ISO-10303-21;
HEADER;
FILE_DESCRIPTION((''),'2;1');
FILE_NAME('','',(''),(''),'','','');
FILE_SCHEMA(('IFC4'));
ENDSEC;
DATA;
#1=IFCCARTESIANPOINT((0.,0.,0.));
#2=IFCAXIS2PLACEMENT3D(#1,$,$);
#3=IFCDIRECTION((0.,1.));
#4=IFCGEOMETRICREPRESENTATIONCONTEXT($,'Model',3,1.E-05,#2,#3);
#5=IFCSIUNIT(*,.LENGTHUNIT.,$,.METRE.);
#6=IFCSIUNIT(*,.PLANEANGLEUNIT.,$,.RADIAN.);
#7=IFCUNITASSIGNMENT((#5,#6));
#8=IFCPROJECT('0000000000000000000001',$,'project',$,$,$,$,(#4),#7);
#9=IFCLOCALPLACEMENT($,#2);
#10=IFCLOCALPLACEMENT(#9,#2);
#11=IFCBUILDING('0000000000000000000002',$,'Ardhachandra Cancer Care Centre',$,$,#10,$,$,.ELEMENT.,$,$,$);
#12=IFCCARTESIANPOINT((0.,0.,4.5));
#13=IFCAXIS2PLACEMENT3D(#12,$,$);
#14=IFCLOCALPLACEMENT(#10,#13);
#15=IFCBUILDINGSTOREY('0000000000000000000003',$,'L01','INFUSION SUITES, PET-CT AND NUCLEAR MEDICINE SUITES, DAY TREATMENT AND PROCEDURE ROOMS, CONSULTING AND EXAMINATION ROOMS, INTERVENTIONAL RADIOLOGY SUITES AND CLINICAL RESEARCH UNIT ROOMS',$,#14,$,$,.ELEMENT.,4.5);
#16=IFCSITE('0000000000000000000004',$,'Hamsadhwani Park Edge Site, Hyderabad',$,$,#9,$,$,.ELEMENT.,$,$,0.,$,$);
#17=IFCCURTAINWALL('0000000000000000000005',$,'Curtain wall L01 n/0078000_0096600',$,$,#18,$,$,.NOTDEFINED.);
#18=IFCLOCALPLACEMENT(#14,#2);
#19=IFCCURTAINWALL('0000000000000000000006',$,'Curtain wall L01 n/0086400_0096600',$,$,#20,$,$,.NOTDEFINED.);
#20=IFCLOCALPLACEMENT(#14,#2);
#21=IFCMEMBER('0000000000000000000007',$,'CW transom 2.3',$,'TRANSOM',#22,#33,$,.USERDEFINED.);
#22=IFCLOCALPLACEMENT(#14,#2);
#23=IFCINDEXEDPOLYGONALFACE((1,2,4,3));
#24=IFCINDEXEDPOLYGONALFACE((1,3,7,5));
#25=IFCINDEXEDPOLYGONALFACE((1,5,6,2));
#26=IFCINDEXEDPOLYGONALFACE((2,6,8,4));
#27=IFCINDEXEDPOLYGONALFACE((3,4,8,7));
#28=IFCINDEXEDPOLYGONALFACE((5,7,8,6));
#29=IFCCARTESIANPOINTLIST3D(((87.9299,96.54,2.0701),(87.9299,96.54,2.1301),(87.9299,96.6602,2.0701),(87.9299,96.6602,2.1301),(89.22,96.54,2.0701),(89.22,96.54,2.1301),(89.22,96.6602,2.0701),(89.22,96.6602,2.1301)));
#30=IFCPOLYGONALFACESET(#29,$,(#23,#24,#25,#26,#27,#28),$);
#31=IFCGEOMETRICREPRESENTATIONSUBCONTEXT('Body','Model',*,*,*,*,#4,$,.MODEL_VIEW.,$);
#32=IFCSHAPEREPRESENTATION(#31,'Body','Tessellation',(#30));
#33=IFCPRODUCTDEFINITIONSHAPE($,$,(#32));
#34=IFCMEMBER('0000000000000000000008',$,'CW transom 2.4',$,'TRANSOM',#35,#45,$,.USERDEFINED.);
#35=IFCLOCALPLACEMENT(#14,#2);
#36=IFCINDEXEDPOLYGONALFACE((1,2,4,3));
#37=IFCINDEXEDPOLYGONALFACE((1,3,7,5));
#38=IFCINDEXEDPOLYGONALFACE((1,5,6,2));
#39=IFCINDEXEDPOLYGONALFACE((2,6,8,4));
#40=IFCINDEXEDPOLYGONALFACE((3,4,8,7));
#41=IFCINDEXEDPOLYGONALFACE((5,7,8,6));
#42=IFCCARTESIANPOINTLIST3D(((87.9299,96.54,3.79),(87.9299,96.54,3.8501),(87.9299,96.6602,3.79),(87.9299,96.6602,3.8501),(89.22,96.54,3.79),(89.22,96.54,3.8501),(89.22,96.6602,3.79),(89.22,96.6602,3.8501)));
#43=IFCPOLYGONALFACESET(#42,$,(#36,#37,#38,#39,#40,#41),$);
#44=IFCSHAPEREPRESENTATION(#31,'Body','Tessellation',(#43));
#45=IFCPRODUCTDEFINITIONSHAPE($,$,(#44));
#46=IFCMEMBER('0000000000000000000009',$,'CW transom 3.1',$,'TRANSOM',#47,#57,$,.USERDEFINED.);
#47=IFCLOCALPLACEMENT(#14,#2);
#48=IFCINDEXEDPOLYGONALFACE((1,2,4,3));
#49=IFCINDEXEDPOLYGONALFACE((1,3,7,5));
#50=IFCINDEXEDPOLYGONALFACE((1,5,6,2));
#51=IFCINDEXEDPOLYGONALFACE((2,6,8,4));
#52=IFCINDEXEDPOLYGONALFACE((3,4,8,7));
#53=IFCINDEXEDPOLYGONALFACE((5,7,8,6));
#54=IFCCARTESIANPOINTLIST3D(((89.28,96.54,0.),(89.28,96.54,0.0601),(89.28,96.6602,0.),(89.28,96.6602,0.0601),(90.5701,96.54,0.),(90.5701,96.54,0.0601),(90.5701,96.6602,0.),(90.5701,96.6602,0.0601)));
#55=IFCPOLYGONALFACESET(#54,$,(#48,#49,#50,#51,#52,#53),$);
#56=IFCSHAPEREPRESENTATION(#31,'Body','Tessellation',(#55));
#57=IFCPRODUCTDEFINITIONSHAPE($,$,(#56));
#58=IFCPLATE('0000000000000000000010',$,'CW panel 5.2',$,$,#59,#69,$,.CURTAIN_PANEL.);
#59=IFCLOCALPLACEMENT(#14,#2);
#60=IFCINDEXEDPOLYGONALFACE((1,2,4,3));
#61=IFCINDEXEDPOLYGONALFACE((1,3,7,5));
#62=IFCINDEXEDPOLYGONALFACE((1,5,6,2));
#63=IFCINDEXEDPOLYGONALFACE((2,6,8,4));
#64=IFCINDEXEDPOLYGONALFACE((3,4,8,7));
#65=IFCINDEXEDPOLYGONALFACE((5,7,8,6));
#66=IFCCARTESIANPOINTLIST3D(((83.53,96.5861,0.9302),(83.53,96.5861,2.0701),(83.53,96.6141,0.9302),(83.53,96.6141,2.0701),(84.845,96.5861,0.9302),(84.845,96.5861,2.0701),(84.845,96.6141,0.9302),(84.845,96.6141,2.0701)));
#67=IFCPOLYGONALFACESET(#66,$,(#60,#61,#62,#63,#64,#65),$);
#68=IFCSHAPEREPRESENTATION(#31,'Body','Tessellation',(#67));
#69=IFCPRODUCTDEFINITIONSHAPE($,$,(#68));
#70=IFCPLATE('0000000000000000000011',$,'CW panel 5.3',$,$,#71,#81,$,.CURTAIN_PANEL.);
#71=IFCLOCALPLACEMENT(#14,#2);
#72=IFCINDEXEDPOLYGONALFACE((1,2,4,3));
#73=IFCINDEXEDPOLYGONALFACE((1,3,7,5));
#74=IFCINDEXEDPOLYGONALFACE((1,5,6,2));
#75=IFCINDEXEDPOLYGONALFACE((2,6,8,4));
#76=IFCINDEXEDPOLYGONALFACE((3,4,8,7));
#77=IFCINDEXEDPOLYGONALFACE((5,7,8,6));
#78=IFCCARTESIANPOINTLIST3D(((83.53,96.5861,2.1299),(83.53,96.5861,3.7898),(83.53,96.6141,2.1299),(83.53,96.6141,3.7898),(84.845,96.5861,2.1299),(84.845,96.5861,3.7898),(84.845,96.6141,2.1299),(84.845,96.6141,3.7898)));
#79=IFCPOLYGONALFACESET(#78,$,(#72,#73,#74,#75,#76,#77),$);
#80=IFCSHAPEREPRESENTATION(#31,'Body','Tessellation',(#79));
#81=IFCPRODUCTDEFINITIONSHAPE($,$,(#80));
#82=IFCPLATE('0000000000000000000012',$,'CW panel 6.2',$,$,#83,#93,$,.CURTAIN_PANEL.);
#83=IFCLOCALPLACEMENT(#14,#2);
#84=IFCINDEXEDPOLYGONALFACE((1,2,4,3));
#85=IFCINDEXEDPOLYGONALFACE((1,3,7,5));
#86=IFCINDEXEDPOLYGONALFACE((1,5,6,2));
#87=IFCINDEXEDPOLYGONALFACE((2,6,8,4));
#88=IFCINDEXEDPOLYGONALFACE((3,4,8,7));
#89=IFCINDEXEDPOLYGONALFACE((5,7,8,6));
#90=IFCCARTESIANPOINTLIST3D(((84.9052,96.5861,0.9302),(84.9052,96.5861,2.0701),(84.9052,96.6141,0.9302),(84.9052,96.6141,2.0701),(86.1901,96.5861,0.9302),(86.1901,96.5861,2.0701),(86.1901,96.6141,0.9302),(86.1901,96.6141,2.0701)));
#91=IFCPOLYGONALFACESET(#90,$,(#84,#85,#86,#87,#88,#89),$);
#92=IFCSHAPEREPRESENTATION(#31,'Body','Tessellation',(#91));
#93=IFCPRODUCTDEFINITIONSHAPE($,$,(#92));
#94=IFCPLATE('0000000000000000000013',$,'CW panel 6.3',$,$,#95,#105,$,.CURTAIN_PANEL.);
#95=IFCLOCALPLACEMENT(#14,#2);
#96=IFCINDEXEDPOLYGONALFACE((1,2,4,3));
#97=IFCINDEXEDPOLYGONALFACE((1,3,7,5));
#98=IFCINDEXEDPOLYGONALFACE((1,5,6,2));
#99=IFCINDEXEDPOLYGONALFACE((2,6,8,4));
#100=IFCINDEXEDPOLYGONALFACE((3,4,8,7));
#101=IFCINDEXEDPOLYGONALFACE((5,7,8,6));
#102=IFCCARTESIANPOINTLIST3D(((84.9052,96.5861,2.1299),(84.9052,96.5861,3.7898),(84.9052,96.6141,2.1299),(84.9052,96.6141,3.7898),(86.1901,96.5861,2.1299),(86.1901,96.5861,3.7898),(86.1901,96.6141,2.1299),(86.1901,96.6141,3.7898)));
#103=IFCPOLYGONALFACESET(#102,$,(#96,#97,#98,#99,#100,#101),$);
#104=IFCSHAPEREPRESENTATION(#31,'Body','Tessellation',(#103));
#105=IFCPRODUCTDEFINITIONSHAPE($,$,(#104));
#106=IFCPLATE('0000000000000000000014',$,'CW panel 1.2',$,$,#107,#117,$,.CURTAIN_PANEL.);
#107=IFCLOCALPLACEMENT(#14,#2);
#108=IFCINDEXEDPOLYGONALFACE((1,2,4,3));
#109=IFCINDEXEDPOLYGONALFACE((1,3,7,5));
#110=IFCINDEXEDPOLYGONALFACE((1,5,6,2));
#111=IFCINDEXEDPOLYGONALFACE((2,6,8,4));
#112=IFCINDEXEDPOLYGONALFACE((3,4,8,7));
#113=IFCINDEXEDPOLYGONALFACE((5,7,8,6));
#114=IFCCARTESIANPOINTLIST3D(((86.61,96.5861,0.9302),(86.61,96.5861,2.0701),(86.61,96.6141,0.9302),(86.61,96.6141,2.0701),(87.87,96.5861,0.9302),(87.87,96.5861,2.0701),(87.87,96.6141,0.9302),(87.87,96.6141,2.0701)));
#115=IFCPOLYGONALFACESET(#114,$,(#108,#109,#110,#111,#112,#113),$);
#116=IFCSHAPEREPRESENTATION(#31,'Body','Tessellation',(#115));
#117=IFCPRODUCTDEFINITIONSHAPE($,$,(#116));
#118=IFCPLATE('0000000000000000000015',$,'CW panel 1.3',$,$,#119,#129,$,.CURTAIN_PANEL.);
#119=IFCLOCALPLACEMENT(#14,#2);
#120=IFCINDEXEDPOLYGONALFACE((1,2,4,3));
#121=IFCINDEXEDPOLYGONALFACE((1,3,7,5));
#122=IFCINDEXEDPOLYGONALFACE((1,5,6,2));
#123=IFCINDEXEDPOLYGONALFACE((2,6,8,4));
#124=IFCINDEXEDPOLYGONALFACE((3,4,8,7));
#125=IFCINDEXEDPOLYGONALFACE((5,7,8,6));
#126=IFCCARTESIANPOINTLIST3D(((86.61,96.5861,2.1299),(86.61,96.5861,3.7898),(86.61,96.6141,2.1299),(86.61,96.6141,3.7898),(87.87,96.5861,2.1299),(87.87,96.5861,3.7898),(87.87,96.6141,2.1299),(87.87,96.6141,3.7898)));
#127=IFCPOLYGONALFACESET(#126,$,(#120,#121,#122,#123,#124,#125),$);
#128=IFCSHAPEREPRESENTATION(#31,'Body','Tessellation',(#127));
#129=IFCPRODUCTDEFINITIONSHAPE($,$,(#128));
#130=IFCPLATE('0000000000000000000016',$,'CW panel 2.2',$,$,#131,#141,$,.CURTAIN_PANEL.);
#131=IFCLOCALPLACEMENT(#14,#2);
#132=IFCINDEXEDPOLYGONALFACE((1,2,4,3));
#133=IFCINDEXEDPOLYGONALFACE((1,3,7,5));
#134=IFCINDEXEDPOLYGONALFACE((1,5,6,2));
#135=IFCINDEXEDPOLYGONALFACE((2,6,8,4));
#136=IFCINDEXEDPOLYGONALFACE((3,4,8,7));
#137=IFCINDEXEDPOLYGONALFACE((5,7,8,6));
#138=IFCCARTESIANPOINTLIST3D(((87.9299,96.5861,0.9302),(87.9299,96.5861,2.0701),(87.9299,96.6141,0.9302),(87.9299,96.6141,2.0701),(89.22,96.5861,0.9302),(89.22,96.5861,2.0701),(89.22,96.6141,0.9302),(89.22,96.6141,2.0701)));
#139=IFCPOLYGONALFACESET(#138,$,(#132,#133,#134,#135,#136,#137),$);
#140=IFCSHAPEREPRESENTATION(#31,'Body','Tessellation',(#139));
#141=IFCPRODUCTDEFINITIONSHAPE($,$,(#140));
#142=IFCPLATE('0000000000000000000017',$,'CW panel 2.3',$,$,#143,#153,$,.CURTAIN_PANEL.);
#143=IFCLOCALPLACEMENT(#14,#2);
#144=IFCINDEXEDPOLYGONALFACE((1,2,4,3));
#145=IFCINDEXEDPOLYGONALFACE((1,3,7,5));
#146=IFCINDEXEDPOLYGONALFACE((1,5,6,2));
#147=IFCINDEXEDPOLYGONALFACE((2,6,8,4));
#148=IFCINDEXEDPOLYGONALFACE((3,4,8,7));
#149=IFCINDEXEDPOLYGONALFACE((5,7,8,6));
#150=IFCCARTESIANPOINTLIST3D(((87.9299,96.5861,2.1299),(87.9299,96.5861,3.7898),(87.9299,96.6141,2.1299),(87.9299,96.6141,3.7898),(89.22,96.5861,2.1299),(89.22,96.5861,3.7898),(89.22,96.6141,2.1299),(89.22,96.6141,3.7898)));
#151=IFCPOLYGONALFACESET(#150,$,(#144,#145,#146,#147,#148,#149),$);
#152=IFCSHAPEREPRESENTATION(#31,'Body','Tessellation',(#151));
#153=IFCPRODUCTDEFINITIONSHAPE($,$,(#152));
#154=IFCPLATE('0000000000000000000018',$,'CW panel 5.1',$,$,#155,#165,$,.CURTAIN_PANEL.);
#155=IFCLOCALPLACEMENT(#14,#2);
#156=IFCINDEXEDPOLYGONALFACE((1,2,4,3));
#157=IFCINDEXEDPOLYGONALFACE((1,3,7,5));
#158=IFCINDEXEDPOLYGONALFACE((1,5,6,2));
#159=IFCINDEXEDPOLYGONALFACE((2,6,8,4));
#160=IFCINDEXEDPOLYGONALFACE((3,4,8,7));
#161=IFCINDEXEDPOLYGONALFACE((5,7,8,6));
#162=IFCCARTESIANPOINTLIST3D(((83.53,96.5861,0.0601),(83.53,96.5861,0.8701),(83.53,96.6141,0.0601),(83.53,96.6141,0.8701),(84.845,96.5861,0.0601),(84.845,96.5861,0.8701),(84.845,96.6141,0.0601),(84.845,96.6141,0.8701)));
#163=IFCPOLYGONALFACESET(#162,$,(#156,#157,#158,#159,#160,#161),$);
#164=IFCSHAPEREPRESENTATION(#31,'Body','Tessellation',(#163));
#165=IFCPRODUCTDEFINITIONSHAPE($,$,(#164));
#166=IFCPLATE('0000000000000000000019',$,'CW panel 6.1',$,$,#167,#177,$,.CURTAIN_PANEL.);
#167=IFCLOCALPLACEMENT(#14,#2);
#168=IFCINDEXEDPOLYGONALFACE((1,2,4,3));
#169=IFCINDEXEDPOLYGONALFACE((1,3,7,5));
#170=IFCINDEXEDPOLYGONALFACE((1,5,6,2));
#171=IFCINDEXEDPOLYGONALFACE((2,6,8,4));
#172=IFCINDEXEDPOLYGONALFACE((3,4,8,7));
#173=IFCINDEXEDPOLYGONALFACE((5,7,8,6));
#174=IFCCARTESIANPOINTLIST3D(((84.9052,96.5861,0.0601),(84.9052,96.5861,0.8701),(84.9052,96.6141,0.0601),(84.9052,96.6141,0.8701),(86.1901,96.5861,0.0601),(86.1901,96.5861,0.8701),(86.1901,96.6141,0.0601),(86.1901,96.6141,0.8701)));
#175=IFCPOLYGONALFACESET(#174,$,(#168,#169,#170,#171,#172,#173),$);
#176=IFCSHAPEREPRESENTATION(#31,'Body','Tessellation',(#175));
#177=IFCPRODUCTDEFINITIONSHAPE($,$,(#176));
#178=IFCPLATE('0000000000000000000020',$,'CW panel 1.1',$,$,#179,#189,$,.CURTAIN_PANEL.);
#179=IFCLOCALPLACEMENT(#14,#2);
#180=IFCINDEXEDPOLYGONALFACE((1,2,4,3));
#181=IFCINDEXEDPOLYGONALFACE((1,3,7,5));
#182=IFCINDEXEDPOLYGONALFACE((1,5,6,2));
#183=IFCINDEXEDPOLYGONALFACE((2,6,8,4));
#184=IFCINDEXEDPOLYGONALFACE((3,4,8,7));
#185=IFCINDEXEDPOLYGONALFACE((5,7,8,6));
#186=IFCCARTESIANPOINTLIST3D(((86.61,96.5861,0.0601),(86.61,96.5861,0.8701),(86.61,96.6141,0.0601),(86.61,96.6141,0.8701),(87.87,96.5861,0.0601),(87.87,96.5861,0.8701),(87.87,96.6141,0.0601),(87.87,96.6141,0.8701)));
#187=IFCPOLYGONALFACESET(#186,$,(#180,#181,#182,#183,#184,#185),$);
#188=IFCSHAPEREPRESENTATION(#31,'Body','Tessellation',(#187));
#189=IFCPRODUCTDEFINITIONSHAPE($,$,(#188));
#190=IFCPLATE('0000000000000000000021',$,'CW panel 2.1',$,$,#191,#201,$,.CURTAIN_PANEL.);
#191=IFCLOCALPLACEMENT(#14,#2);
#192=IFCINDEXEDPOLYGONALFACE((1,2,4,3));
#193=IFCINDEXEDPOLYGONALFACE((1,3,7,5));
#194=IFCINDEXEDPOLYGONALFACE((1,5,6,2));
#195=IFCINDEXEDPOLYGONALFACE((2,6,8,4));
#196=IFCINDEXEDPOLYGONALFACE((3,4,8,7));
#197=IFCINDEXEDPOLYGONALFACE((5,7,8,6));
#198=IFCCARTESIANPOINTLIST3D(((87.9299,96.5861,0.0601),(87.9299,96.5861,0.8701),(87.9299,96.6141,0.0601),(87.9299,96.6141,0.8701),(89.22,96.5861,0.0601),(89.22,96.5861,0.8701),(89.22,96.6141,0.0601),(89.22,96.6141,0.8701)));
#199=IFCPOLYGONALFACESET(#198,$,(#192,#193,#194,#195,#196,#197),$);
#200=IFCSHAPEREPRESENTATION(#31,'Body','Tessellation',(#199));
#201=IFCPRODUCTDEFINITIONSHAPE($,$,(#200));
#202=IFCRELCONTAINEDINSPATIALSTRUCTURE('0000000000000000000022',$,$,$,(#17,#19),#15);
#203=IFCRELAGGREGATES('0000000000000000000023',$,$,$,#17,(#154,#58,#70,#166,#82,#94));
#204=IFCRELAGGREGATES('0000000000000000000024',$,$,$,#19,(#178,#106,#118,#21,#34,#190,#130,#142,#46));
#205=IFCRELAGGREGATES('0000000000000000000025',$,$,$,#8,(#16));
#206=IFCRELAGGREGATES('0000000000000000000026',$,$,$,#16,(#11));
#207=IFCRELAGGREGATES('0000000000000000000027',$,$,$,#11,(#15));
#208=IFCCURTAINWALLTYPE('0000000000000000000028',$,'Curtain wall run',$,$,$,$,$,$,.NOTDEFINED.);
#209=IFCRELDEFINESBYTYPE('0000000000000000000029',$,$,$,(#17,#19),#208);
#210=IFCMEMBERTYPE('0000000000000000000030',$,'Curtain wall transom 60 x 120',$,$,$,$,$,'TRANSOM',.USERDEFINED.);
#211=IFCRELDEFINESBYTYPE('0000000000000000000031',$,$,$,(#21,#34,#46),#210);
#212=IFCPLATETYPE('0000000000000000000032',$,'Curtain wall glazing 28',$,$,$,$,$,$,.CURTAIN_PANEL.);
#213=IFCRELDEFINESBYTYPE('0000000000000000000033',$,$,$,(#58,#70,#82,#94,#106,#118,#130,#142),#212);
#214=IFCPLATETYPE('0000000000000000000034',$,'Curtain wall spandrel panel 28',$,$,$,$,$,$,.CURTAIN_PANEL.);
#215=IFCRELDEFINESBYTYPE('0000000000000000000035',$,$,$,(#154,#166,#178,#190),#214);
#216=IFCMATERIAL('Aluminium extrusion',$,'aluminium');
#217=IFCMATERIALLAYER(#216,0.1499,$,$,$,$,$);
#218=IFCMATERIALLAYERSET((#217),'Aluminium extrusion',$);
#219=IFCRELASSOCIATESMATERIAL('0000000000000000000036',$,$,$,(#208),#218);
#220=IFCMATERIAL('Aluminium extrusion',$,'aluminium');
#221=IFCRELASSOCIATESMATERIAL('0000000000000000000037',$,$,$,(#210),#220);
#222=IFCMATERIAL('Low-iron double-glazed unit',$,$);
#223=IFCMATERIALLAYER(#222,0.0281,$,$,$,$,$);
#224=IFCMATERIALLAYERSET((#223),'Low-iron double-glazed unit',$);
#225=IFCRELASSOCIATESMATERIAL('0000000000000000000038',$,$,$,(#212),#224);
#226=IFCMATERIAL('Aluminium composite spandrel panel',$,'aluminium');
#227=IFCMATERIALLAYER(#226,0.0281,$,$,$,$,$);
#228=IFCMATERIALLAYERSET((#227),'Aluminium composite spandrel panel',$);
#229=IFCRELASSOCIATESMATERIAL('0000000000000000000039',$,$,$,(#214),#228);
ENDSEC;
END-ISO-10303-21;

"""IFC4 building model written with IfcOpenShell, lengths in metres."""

from ifc_helpers import new_model, si_unit, direction, frame, origin, origin_2d, place, context, subcontext, project, spatial, rectangle, extrude, material, layer, layer_set, material_profile, profile_set, type_object, element, aggregate, save


model = new_model("IFC4")

# Units and contexts
model_context = context("Model", 3, precision=1e-05, world=origin(), true_north=direction((0.0, 1.0)))
body_context = subcontext(model_context, "Body", "Model", "MODEL_VIEW")
ifc_project = project(units=[si_unit("LENGTHUNIT", "METRE"), si_unit("PLANEANGLEUNIT", "RADIAN")], contexts=[model_context])

# Site, building, storey
site_placement = place(None, origin())
site = spatial("IfcSite", under=ifc_project, at=site_placement, Name="Hamsadhwani Park Edge Site, Hyderabad", CompositionType="ELEMENT", RefElevation=0.0)
building_placement = place(site_placement, origin())
building = spatial("IfcBuilding", under=site, at=building_placement, Name="Ardhachandra Cancer Care Centre", CompositionType="ELEMENT")
storey_placement = place(building_placement, frame((0.0, 0.0, 4.5)))
storey = spatial("IfcBuildingStorey", under=building, at=storey_placement, Name="L01", Description="INFUSION SUITES, PET-CT AND NUCLEAR MEDICINE SUITES, DAY TREATMENT AND PROCEDURE ROOMS, CONSULTING AND EXAMINATION ROOMS, INTERVENTIONAL RADIOLOGY SUITES AND CLINICAL RESEARCH UNIT ROOMS", CompositionType="ELEMENT", Elevation=4.5)

# Curtain walls
ifc_material_1 = material(Name="Aluminium extrusion", Category="aluminium")
ifc_layer_1 = layer(ifc_material_1, 0.1499)
ifc_layer_set_1 = layer_set([ifc_layer_1], Name="Aluminium extrusion")
curtain_wall_type = type_object("IfcCurtainWallType", Name="Curtain wall run", PredefinedType="NOTDEFINED", material=ifc_layer_set_1)
curtain_wall_1_placement = place(storey_placement, origin())
curtain_wall_1 = element("IfcCurtainWall", 1, at=curtain_wall_1_placement, inside=storey, type_object=curtain_wall_type, Name="Curtain wall L01 n/0078000_0096600", PredefinedType="NOTDEFINED")
curtain_wall_2_placement = place(storey_placement, origin())
curtain_wall_2 = element("IfcCurtainWall", 2, at=curtain_wall_2_placement, inside=storey, type_object=curtain_wall_type, Name="Curtain wall L01 n/0086400_0096600", PredefinedType="NOTDEFINED")

# Members
ifc_material_2 = material(Name="Aluminium extrusion", Category="aluminium")
ifc_material_profile_1 = material_profile(ifc_material_2, rectangle(XDim=0.1201, YDim=0.0601, at=origin_2d()), Name="Curtain wall transom 60 x 120")
ifc_profile_set_1 = profile_set([ifc_material_profile_1], Name="Aluminium extrusion")
member_type_1 = type_object("IfcMemberType", Name="Curtain wall transom 60 x 120", ElementType="TRANSOM", PredefinedType="USERDEFINED", material=ifc_profile_set_1)
member_1_placement = place(storey_placement, frame((87.9299, 96.6001, 2.1001), z_axis=(1.0, 0.0, 0.0), x_axis=(0.0, 1.0, 0.0)))
member_1 = element("IfcMember", 3, at=member_1_placement, type_object=member_type_1, Name="CW transom 2.3", ObjectType="TRANSOM", PredefinedType="USERDEFINED", context=body_context, shape_type="SweptSolid", body=[
    extrude(rectangle(XDim=0.1201, YDim=0.0601, at=origin_2d()), origin(), (0.0, 0.0, 1.0), 1.29),
])
member_2_placement = place(storey_placement, frame((87.9299, 96.6001, 3.8201), z_axis=(1.0, 0.0, 0.0), x_axis=(0.0, 1.0, 0.0)))
member_2 = element("IfcMember", 4, at=member_2_placement, type_object=member_type_1, Name="CW transom 2.4", ObjectType="TRANSOM", PredefinedType="USERDEFINED", context=body_context, shape_type="SweptSolid", body=[
    extrude(rectangle(XDim=0.1201, YDim=0.0601, at=origin_2d()), origin(), (0.0, 0.0, 1.0), 1.29),
])
member_3_placement = place(storey_placement, frame((89.28, 96.6001, 0.03), z_axis=(1.0, 0.0, 0.0), x_axis=(0.0, 1.0, 0.0)))
member_3 = element("IfcMember", 5, at=member_3_placement, type_object=member_type_1, Name="CW transom 3.1", ObjectType="TRANSOM", PredefinedType="USERDEFINED", context=body_context, shape_type="SweptSolid", body=[
    extrude(rectangle(XDim=0.1201, YDim=0.0601, at=origin_2d()), origin(), (0.0, 0.0, 1.0), 1.29),
])

# Plates
ifc_material_3 = material(Name="Low-iron double-glazed unit")
ifc_layer_2 = layer(ifc_material_3, 0.0281)
ifc_layer_set_2 = layer_set([ifc_layer_2], Name="Low-iron double-glazed unit")
plate_type_1 = type_object("IfcPlateType", Name="Curtain wall glazing 28", PredefinedType="CURTAIN_PANEL", material=ifc_layer_set_2)
plate_1_placement = place(storey_placement, frame((84.1875, 96.6001, 0.9302), z_axis=(0.0, 0.0, 1.0), x_axis=(1.0, 0.0, 0.0)))
plate_1 = element("IfcPlate", 6, at=plate_1_placement, type_object=plate_type_1, Name="CW panel 5.2", PredefinedType="CURTAIN_PANEL", context=body_context, shape_type="SweptSolid", body=[
    extrude(rectangle(XDim=1.3149, YDim=0.0281, at=origin_2d()), origin(), (0.0, 0.0, 1.0), 1.1399),
])
plate_2_placement = place(storey_placement, frame((84.1875, 96.6001, 2.1299), z_axis=(0.0, 0.0, 1.0), x_axis=(1.0, 0.0, 0.0)))
plate_2 = element("IfcPlate", 7, at=plate_2_placement, type_object=plate_type_1, Name="CW panel 5.3", PredefinedType="CURTAIN_PANEL", context=body_context, shape_type="SweptSolid", body=[
    extrude(rectangle(XDim=1.3149, YDim=0.0281, at=origin_2d()), origin(), (0.0, 0.0, 1.0), 1.6599),
])
plate_3_placement = place(storey_placement, frame((85.5476, 96.6001, 0.9302), z_axis=(0.0, 0.0, 1.0), x_axis=(1.0, 0.0, 0.0)))
plate_3 = element("IfcPlate", 8, at=plate_3_placement, type_object=plate_type_1, Name="CW panel 6.2", PredefinedType="CURTAIN_PANEL", context=body_context, shape_type="SweptSolid", body=[
    extrude(rectangle(XDim=1.2849, YDim=0.0281, at=origin_2d()), origin(), (0.0, 0.0, 1.0), 1.1399),
])
plate_4_placement = place(storey_placement, frame((85.5476, 96.6001, 2.1299), z_axis=(0.0, 0.0, 1.0), x_axis=(1.0, 0.0, 0.0)))
plate_4 = element("IfcPlate", 9, at=plate_4_placement, type_object=plate_type_1, Name="CW panel 6.3", PredefinedType="CURTAIN_PANEL", context=body_context, shape_type="SweptSolid", body=[
    extrude(rectangle(XDim=1.2849, YDim=0.0281, at=origin_2d()), origin(), (0.0, 0.0, 1.0), 1.6599),
])
plate_5_placement = place(storey_placement, frame((87.24, 96.6001, 0.9302), z_axis=(0.0, 0.0, 1.0), x_axis=(1.0, 0.0, 0.0)))
plate_5 = element("IfcPlate", 10, at=plate_5_placement, type_object=plate_type_1, Name="CW panel 1.2", PredefinedType="CURTAIN_PANEL", context=body_context, shape_type="SweptSolid", body=[
    extrude(rectangle(XDim=1.26, YDim=0.0281, at=origin_2d()), origin(), (0.0, 0.0, 1.0), 1.1399),
])
plate_6_placement = place(storey_placement, frame((87.24, 96.6001, 2.1299), z_axis=(0.0, 0.0, 1.0), x_axis=(1.0, 0.0, 0.0)))
plate_6 = element("IfcPlate", 11, at=plate_6_placement, type_object=plate_type_1, Name="CW panel 1.3", PredefinedType="CURTAIN_PANEL", context=body_context, shape_type="SweptSolid", body=[
    extrude(rectangle(XDim=1.26, YDim=0.0281, at=origin_2d()), origin(), (0.0, 0.0, 1.0), 1.6599),
])
plate_7_placement = place(storey_placement, frame((88.575, 96.6001, 0.9302), z_axis=(0.0, 0.0, 1.0), x_axis=(1.0, 0.0, 0.0)))
plate_7 = element("IfcPlate", 12, at=plate_7_placement, type_object=plate_type_1, Name="CW panel 2.2", PredefinedType="CURTAIN_PANEL", context=body_context, shape_type="SweptSolid", body=[
    extrude(rectangle(XDim=1.29, YDim=0.0281, at=origin_2d()), origin(), (0.0, 0.0, 1.0), 1.1399),
])
plate_8_placement = place(storey_placement, frame((88.575, 96.6001, 2.1299), z_axis=(0.0, 0.0, 1.0), x_axis=(1.0, 0.0, 0.0)))
plate_8 = element("IfcPlate", 13, at=plate_8_placement, type_object=plate_type_1, Name="CW panel 2.3", PredefinedType="CURTAIN_PANEL", context=body_context, shape_type="SweptSolid", body=[
    extrude(rectangle(XDim=1.29, YDim=0.0281, at=origin_2d()), origin(), (0.0, 0.0, 1.0), 1.6599),
])
ifc_material_4 = material(Name="Aluminium composite spandrel panel", Category="aluminium")
ifc_layer_3 = layer(ifc_material_4, 0.0281)
ifc_layer_set_3 = layer_set([ifc_layer_3], Name="Aluminium composite spandrel panel")
plate_type_2 = type_object("IfcPlateType", Name="Curtain wall spandrel panel 28", PredefinedType="CURTAIN_PANEL", material=ifc_layer_set_3)
plate_9_placement = place(storey_placement, frame((84.1875, 96.6001, 0.0601), z_axis=(0.0, 0.0, 1.0), x_axis=(1.0, 0.0, 0.0)))
plate_9 = element("IfcPlate", 14, at=plate_9_placement, type_object=plate_type_2, Name="CW panel 5.1", PredefinedType="CURTAIN_PANEL", context=body_context, shape_type="SweptSolid", body=[
    extrude(rectangle(XDim=1.3149, YDim=0.0281, at=origin_2d()), origin(), (0.0, 0.0, 1.0), 0.8101),
])
plate_10_placement = place(storey_placement, frame((85.5476, 96.6001, 0.0601), z_axis=(0.0, 0.0, 1.0), x_axis=(1.0, 0.0, 0.0)))
plate_10 = element("IfcPlate", 15, at=plate_10_placement, type_object=plate_type_2, Name="CW panel 6.1", PredefinedType="CURTAIN_PANEL", context=body_context, shape_type="SweptSolid", body=[
    extrude(rectangle(XDim=1.2849, YDim=0.0281, at=origin_2d()), origin(), (0.0, 0.0, 1.0), 0.8101),
])
aggregate(curtain_wall_1, [plate_9, plate_1, plate_2, plate_10, plate_3, plate_4])
plate_11_placement = place(storey_placement, frame((87.24, 96.6001, 0.0601), z_axis=(0.0, 0.0, 1.0), x_axis=(1.0, 0.0, 0.0)))
plate_11 = element("IfcPlate", 16, at=plate_11_placement, type_object=plate_type_2, Name="CW panel 1.1", PredefinedType="CURTAIN_PANEL", context=body_context, shape_type="SweptSolid", body=[
    extrude(rectangle(XDim=1.26, YDim=0.0281, at=origin_2d()), origin(), (0.0, 0.0, 1.0), 0.8101),
])
plate_12_placement = place(storey_placement, frame((88.575, 96.6001, 0.0601), z_axis=(0.0, 0.0, 1.0), x_axis=(1.0, 0.0, 0.0)))
plate_12 = element("IfcPlate", 17, at=plate_12_placement, type_object=plate_type_2, Name="CW panel 2.1", PredefinedType="CURTAIN_PANEL", context=body_context, shape_type="SweptSolid", body=[
    extrude(rectangle(XDim=1.29, YDim=0.0281, at=origin_2d()), origin(), (0.0, 0.0, 1.0), 0.8101),
])
aggregate(curtain_wall_2, [plate_11, plate_5, plate_6, member_1, member_2, plate_12, plate_7, plate_8, member_3])

save(model, "model.ifc")
